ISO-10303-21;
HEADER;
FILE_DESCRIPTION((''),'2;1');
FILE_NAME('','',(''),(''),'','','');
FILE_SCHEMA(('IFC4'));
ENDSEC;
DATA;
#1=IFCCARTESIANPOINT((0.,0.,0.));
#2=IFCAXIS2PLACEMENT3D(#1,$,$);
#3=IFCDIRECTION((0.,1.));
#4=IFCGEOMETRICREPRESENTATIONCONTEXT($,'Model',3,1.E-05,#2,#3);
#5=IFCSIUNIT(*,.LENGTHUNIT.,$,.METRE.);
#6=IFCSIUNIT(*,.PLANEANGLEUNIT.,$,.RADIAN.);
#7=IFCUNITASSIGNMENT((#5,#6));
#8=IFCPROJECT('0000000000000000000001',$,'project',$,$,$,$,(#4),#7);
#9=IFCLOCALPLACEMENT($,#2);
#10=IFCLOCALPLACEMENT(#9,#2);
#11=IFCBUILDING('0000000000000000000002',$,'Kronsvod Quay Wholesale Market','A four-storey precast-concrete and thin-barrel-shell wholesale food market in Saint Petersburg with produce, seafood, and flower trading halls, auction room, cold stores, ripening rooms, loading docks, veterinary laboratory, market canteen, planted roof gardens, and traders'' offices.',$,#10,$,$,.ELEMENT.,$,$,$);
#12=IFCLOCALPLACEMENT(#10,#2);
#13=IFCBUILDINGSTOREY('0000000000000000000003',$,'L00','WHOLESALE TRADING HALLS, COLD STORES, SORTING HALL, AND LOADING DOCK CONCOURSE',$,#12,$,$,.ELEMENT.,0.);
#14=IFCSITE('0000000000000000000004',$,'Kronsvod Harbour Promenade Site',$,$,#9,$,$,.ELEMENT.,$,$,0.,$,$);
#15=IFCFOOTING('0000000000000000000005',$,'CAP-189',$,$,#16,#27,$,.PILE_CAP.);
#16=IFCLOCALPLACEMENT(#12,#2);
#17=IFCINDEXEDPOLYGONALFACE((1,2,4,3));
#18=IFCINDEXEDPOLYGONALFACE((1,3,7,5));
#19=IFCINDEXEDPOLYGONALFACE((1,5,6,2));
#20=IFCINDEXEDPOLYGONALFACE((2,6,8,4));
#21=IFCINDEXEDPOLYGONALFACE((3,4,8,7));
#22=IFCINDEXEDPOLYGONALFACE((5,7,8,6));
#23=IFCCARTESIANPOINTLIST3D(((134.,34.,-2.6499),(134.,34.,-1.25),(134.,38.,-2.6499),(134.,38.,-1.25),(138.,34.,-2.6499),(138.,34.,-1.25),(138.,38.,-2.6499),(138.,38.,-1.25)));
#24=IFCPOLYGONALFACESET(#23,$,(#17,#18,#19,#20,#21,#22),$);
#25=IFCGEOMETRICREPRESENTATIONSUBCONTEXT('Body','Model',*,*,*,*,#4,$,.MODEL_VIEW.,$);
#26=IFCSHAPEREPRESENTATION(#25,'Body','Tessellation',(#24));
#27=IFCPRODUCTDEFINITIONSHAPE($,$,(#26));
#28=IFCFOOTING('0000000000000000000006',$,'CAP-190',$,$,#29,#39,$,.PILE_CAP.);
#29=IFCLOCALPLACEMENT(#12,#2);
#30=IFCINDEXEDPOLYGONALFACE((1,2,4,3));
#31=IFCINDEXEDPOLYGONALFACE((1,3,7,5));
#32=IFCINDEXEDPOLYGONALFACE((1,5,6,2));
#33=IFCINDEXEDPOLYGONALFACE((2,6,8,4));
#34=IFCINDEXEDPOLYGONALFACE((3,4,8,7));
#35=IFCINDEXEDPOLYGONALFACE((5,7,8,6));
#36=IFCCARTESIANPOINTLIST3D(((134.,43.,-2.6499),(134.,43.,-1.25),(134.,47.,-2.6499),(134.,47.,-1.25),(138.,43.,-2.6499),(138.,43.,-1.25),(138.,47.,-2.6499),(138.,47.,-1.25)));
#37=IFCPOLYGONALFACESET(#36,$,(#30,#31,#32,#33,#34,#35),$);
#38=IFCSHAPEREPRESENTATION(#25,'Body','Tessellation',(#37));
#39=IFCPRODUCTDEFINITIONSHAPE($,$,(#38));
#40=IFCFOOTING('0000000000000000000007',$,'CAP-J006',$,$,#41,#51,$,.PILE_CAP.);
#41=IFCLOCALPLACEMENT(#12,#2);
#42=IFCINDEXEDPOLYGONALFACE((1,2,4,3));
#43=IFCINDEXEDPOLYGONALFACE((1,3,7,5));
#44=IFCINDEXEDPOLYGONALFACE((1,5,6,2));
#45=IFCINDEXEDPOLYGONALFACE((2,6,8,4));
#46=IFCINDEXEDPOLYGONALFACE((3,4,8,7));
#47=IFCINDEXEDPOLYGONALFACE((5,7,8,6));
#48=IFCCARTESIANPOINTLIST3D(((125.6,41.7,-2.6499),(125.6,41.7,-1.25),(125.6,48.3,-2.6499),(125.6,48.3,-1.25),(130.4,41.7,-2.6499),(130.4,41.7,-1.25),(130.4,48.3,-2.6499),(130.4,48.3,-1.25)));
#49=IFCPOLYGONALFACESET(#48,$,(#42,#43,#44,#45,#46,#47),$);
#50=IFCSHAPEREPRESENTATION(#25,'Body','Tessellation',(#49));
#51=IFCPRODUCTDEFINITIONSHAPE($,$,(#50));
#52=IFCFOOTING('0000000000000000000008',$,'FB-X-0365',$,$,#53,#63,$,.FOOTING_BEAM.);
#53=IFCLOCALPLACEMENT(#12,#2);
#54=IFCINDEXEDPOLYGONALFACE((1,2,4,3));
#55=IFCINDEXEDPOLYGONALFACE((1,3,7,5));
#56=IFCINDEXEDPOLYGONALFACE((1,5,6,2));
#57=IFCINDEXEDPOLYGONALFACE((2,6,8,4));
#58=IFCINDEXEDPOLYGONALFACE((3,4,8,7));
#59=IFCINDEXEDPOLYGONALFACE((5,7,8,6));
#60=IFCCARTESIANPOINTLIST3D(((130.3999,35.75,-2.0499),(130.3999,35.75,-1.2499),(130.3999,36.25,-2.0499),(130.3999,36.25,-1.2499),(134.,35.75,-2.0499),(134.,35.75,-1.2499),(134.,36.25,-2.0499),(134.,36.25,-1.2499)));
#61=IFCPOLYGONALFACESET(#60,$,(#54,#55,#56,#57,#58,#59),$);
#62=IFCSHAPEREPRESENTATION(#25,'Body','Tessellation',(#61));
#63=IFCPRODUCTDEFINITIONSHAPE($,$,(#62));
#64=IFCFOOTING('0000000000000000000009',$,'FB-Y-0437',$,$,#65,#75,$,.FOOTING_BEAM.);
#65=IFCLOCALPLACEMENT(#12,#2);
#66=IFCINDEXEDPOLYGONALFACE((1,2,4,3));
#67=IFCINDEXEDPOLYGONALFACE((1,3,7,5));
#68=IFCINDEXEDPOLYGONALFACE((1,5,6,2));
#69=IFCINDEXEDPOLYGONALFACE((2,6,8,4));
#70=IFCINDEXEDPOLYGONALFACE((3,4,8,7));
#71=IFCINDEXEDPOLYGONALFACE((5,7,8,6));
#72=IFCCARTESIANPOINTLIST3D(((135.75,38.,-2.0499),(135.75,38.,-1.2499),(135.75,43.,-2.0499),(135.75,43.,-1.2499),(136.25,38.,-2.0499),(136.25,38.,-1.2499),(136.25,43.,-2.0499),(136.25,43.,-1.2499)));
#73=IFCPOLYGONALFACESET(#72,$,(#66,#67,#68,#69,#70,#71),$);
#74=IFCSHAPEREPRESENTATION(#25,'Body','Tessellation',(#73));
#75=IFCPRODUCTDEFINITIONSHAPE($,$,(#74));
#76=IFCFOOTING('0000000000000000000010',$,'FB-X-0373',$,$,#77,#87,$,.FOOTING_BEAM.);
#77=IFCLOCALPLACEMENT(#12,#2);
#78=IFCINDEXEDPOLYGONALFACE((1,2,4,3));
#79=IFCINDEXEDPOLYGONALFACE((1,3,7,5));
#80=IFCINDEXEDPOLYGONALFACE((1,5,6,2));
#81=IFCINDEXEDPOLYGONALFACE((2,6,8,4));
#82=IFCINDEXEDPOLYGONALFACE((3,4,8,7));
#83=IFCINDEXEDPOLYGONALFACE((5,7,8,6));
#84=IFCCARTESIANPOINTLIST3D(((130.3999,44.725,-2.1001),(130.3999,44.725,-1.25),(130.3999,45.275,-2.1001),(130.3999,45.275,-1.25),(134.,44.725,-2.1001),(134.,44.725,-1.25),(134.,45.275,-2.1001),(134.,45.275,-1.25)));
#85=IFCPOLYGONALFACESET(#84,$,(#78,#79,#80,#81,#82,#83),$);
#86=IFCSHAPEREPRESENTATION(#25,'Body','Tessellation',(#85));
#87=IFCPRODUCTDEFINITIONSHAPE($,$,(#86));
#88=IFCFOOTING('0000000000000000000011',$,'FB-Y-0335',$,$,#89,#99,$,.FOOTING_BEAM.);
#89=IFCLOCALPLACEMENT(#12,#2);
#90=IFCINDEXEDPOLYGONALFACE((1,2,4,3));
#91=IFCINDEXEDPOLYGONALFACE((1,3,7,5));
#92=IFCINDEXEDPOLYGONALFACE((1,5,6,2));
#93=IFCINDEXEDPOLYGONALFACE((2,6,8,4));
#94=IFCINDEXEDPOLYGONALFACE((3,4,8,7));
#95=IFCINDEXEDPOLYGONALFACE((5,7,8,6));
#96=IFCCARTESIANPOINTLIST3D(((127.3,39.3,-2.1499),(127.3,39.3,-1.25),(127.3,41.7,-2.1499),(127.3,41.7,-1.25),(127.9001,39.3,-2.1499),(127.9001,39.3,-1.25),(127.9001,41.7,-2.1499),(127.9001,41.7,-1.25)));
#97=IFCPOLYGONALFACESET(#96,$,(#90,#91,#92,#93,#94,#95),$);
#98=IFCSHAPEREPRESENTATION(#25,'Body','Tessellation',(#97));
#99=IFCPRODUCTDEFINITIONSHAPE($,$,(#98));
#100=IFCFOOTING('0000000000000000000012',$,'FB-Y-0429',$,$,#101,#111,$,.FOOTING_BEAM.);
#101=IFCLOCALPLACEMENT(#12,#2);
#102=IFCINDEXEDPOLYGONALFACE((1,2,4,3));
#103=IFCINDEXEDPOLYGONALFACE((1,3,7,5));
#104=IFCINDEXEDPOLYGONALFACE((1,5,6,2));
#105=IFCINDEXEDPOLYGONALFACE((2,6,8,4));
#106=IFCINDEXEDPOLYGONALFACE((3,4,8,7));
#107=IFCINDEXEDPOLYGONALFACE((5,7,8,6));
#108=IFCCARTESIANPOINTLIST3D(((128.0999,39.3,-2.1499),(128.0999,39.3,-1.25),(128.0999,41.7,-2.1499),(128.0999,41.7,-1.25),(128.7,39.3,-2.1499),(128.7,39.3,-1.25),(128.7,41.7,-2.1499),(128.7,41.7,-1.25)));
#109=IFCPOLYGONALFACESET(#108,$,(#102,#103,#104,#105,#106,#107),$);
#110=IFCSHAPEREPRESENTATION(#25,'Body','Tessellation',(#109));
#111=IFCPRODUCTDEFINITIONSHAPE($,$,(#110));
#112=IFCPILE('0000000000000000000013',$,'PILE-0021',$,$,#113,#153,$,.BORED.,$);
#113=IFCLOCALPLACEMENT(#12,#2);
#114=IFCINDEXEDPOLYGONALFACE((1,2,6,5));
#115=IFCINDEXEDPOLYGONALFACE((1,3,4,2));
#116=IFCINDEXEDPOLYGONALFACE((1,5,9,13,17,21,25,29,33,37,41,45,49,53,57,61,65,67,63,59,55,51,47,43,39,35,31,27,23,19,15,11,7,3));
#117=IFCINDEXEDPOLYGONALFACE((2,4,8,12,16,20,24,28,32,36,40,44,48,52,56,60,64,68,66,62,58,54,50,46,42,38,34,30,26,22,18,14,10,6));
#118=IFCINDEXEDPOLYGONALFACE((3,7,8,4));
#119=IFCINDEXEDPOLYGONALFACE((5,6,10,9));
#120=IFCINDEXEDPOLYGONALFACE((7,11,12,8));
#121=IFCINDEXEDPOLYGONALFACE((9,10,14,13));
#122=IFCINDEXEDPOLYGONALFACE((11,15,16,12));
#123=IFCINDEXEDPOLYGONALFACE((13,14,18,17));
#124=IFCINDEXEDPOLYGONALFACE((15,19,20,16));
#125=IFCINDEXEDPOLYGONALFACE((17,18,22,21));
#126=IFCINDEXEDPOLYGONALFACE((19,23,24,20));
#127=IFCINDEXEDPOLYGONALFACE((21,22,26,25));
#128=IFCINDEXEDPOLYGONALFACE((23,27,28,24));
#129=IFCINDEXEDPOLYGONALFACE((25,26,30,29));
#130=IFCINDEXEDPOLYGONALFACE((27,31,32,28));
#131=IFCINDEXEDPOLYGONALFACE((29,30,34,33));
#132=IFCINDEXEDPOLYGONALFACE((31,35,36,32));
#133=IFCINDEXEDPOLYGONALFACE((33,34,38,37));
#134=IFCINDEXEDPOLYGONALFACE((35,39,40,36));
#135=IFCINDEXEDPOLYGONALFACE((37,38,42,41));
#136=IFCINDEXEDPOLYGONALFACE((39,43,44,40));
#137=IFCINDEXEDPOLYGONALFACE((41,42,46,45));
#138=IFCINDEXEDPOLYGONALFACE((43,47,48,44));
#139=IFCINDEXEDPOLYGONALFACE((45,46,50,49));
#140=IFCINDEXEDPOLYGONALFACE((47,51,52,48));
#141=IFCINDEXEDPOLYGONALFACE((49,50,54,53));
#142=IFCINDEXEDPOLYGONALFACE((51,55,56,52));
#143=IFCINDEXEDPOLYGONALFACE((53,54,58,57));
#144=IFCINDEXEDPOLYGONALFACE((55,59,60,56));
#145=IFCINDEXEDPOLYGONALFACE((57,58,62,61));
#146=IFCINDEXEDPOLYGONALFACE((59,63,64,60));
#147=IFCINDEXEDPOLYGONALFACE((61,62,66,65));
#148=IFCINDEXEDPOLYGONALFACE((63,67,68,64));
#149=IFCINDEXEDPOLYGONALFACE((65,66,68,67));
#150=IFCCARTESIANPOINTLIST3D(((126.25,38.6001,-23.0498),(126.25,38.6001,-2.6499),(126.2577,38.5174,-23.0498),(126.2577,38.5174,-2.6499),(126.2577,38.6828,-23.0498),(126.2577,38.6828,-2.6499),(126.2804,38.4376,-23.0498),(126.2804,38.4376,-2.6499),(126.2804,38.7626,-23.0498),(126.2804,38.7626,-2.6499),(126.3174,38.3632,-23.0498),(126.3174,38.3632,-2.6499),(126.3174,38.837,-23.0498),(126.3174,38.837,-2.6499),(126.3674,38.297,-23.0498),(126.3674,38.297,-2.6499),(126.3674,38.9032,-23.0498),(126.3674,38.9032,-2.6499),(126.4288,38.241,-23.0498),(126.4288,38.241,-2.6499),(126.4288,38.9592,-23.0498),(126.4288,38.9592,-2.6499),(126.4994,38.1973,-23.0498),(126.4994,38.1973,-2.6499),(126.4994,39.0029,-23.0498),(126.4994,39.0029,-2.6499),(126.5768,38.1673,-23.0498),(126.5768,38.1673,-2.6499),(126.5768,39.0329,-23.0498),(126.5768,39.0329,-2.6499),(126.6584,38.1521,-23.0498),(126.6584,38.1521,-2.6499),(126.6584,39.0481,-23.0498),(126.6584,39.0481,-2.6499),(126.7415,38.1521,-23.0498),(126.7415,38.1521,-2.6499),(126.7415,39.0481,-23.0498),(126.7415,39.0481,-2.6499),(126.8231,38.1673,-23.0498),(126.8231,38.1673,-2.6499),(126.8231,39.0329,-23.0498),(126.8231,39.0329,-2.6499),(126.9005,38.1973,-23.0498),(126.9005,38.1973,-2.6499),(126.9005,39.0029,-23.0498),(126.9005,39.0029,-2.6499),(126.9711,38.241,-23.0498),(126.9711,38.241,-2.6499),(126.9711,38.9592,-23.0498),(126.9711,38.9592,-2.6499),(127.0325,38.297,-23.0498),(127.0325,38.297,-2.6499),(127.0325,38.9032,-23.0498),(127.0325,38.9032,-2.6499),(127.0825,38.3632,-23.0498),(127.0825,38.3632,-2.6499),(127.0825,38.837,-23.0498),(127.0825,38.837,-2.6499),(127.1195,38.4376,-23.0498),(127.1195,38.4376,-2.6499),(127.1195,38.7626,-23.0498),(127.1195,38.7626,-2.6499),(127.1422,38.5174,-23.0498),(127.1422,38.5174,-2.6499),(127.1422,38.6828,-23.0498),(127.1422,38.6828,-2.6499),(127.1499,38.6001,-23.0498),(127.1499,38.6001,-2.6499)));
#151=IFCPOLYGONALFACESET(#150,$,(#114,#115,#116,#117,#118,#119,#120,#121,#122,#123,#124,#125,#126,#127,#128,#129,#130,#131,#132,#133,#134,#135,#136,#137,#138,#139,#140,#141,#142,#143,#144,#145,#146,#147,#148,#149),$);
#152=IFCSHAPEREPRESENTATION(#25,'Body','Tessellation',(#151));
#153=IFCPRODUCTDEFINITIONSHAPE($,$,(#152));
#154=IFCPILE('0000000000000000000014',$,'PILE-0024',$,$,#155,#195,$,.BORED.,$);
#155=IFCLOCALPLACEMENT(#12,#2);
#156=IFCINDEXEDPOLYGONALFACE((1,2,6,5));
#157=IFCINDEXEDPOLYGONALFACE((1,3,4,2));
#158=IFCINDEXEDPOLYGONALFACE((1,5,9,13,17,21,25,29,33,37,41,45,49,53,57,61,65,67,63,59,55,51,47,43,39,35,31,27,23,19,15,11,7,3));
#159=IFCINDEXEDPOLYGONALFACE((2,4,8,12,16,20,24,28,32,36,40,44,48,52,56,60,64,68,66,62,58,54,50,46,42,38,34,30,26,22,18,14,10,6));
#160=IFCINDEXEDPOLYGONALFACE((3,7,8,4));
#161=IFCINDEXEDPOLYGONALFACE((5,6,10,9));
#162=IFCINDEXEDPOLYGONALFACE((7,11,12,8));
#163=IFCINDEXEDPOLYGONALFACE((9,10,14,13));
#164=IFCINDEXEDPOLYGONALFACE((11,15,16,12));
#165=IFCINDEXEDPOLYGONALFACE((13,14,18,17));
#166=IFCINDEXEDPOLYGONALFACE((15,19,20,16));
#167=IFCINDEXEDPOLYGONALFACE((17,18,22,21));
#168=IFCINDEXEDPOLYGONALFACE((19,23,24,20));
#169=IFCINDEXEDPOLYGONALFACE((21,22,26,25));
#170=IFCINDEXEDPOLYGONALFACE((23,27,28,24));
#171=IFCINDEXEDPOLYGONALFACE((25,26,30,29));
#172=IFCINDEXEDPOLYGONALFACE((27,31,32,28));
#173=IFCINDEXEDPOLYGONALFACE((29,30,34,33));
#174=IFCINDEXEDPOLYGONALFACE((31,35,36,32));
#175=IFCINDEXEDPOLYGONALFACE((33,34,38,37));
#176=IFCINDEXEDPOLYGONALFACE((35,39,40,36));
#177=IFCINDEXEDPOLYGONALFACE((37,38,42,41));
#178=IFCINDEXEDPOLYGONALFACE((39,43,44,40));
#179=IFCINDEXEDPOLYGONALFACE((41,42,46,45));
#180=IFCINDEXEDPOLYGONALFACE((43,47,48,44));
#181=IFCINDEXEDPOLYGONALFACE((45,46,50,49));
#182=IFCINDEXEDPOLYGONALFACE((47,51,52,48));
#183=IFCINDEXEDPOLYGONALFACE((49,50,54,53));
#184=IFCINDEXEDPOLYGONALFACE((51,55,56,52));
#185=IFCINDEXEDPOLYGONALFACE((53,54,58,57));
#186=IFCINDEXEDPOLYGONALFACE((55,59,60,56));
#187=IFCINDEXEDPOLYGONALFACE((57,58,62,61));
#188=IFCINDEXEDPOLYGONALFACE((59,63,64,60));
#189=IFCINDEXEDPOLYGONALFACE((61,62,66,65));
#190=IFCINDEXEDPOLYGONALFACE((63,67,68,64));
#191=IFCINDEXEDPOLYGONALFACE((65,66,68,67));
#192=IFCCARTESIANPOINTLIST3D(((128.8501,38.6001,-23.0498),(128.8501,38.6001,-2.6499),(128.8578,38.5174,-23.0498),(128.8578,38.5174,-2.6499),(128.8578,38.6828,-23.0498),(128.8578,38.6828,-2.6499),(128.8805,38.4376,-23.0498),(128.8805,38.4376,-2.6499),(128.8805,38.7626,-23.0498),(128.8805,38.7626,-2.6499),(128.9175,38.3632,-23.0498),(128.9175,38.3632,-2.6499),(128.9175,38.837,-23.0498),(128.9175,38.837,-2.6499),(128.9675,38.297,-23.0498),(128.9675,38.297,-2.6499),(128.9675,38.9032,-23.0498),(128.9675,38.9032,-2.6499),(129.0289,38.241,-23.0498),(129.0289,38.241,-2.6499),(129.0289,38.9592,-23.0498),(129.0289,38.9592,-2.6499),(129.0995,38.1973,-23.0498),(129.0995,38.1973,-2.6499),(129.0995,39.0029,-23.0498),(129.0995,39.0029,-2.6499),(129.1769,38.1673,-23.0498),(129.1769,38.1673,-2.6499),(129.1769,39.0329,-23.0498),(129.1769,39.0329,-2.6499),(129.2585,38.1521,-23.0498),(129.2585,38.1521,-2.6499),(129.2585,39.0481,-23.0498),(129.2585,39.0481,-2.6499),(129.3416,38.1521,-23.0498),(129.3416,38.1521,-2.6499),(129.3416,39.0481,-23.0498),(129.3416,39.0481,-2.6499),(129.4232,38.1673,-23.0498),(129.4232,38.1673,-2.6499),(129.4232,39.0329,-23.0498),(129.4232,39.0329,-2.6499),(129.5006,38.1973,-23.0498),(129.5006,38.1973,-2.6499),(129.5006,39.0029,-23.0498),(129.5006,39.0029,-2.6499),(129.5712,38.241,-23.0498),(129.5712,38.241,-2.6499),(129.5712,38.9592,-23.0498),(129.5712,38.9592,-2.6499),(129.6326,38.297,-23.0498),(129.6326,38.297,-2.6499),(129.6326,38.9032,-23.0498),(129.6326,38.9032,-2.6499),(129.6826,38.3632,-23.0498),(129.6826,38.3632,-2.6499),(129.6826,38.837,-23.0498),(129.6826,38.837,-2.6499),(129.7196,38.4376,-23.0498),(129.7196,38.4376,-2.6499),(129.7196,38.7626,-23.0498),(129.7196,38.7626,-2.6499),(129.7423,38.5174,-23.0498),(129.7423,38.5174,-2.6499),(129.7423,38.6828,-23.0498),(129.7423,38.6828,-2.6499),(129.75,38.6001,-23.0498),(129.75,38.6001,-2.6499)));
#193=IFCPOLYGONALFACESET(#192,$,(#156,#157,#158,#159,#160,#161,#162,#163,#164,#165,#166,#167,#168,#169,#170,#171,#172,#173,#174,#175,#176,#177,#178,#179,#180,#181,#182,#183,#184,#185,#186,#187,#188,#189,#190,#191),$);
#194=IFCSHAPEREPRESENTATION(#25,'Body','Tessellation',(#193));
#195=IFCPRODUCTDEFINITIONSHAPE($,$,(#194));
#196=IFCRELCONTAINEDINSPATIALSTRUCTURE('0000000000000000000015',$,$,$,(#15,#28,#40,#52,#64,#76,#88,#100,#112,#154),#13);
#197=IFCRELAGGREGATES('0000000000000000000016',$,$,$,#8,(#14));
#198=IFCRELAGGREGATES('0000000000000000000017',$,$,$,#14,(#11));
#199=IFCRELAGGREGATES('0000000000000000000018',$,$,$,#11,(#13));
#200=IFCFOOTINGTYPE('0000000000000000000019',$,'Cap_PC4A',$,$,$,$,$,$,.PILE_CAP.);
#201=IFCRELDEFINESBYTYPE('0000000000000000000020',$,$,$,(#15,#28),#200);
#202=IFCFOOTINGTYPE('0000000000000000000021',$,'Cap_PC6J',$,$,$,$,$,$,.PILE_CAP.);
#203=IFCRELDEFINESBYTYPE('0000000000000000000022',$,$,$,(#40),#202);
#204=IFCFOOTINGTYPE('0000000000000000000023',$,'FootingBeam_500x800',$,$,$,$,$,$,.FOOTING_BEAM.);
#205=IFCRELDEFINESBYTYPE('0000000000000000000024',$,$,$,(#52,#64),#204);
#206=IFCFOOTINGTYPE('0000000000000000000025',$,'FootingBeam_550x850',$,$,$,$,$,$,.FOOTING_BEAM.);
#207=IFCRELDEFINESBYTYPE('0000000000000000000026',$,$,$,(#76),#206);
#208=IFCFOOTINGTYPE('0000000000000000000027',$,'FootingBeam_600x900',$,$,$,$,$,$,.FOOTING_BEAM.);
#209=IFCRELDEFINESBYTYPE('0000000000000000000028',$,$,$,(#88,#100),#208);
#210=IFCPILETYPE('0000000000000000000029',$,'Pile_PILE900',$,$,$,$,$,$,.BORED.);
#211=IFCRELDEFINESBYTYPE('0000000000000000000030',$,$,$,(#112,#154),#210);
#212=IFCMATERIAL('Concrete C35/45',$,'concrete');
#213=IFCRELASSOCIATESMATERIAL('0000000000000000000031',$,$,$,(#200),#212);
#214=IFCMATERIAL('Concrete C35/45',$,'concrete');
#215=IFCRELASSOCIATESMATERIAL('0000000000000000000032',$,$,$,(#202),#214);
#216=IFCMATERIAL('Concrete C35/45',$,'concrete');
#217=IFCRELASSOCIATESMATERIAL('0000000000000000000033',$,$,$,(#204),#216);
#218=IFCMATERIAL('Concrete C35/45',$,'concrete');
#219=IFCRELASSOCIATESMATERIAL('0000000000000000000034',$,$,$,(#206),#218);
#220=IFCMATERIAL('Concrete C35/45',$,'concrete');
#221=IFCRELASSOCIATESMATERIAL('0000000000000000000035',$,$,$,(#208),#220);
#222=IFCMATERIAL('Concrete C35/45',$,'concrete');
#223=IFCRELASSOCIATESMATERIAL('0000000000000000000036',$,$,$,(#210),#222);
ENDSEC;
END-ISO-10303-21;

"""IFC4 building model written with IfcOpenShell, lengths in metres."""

from ifc_helpers import new_model, si_unit, direction, frame, origin, origin_2d, place, context, subcontext, project, spatial, rectangle, circle, extrude, material, material_profile, profile_set, type_object, element, save


model = new_model("IFC4")

# Units and contexts
model_context = context("Model", 3, precision=1e-05, world=origin(), true_north=direction((0.0, 1.0)))
body_context = subcontext(model_context, "Body", "Model", "MODEL_VIEW")
ifc_project = project(units=[si_unit("LENGTHUNIT", "METRE"), si_unit("PLANEANGLEUNIT", "RADIAN")], contexts=[model_context])

# Site, building, storey
site_placement = place(None, origin())
site = spatial("IfcSite", under=ifc_project, at=site_placement, Name="Kronsvod Harbour Promenade Site", CompositionType="ELEMENT", RefElevation=0.0)
building_placement = place(site_placement, origin())
building = spatial("IfcBuilding", under=site, at=building_placement, Name="Kronsvod Quay Wholesale Market", Description="A four-storey precast-concrete and thin-barrel-shell wholesale food market in Saint Petersburg with produce, seafood, and flower trading halls, auction room, cold stores, ripening rooms, loading docks, veterinary laboratory, market canteen, planted roof gardens, and traders' offices.", CompositionType="ELEMENT")
storey_placement = place(building_placement, origin())
storey = spatial("IfcBuildingStorey", under=building, at=storey_placement, Name="L00", Description="WHOLESALE TRADING HALLS, COLD STORES, SORTING HALL, AND LOADING DOCK CONCOURSE", CompositionType="ELEMENT", Elevation=0.0)

# Footings
ifc_material_1 = material(Name="Concrete C35/45", Category="concrete")
footing_type_1 = type_object("IfcFootingType", Name="Cap_PC4A", PredefinedType="PILE_CAP", material=ifc_material_1)
for number, where, z_axis, x_axis, name in (
    (1, (136.0, 36.0, -2.6499), (0.0, 0.0, 1.0), (1.0, 0.0, 0.0), "CAP-189"),
    (2, (136.0, 45.0, -2.6499), (0.0, 0.0, 1.0), (1.0, 0.0, 0.0), "CAP-190"),
):
    element("IfcFooting", number, at=place(storey_placement, frame(where, z_axis=z_axis, x_axis=x_axis)), inside=storey, type_object=footing_type_1, Name=name, PredefinedType="PILE_CAP", context=body_context, shape_type="SweptSolid", body=[
        extrude(rectangle(XDim=4.0, YDim=4.0, at=origin_2d()), origin(), (0.0, 0.0, 1.0), 1.3999),
    ])
ifc_material_2 = material(Name="Concrete C35/45", Category="concrete")
footing_type_2 = type_object("IfcFootingType", Name="Cap_PC6J", PredefinedType="PILE_CAP", material=ifc_material_2)
footing_1_placement = place(storey_placement, frame((128.0, 45.0, -2.6499), z_axis=(0.0, 0.0, 1.0), x_axis=(1.0, 0.0, 0.0)))
element("IfcFooting", 3, at=footing_1_placement, inside=storey, type_object=footing_type_2, Name="CAP-J006", PredefinedType="PILE_CAP", context=body_context, shape_type="SweptSolid", body=[
    extrude(rectangle(XDim=4.8, YDim=6.6001, at=origin_2d()), origin(), (0.0, 0.0, 1.0), 1.3999),
])
ifc_material_3 = material(Name="Concrete C35/45", Category="concrete")
ifc_material_profile_1 = material_profile(ifc_material_3, rectangle(XDim=0.5, YDim=0.8, at=origin_2d()), Name="FB-01")
ifc_profile_set_1 = profile_set([ifc_material_profile_1], Name="Concrete C35/45")
footing_type_3 = type_object("IfcFootingType", Name="FootingBeam_500x800", PredefinedType="FOOTING_BEAM", material=ifc_profile_set_1)
footing_2_placement = place(storey_placement, frame((130.3999, 36.0, -1.6499), z_axis=(1.0, 0.0, 0.0), x_axis=(0.0, 1.0, 0.0)))
element("IfcFooting", 4, at=footing_2_placement, inside=storey, type_object=footing_type_3, Name="FB-X-0365", PredefinedType="FOOTING_BEAM", context=body_context, shape_type="SweptSolid", body=[
    extrude(rectangle(XDim=0.5, YDim=0.8, at=origin_2d()), origin(), (0.0, 0.0, 1.0), 3.6001),
])
footing_3_placement = place(storey_placement, frame((136.0, 38.0, -1.6499), z_axis=(0.0, 1.0, 0.0), x_axis=(-1.0, 0.0, 0.0)))
element("IfcFooting", 5, at=footing_3_placement, inside=storey, type_object=footing_type_3, Name="FB-Y-0437", PredefinedType="FOOTING_BEAM", context=body_context, shape_type="SweptSolid", body=[
    extrude(rectangle(XDim=0.5, YDim=0.8, at=origin_2d()), origin(), (0.0, 0.0, 1.0), 5.0),
])
ifc_material_4 = material(Name="Concrete C35/45", Category="concrete")
ifc_material_profile_2 = material_profile(ifc_material_4, rectangle(XDim=0.55, YDim=0.8501, at=origin_2d()), Name="FB-03")
ifc_profile_set_2 = profile_set([ifc_material_profile_2], Name="Concrete C35/45")
footing_type_4 = type_object("IfcFootingType", Name="FootingBeam_550x850", PredefinedType="FOOTING_BEAM", material=ifc_profile_set_2)
footing_4_placement = place(storey_placement, frame((130.3999, 45.0, -1.675), z_axis=(1.0, 0.0, 0.0), x_axis=(0.0, 1.0, 0.0)))
element("IfcFooting", 6, at=footing_4_placement, inside=storey, type_object=footing_type_4, Name="FB-X-0373", PredefinedType="FOOTING_BEAM", context=body_context, shape_type="SweptSolid", body=[
    extrude(rectangle(XDim=0.55, YDim=0.8501, at=origin_2d()), origin(), (0.0, 0.0, 1.0), 3.6001),
])
ifc_material_5 = material(Name="Concrete C35/45", Category="concrete")
ifc_material_profile_3 = material_profile(ifc_material_5, rectangle(XDim=0.6001, YDim=0.8999, at=origin_2d()), Name="FB-02")
ifc_profile_set_3 = profile_set([ifc_material_profile_3], Name="Concrete C35/45")
footing_type_5 = type_object("IfcFootingType", Name="FootingBeam_600x900", PredefinedType="FOOTING_BEAM", material=ifc_profile_set_3)
for number, where, z_axis, x_axis, name in (
    (7, (127.6001, 39.3, -1.7), (0.0, 1.0, 0.0), (-1.0, 0.0, 0.0), "FB-Y-0335"),
    (8, (128.3999, 39.3, -1.7), (0.0, 1.0, 0.0), (-1.0, 0.0, 0.0), "FB-Y-0429"),
):
    element("IfcFooting", number, at=place(storey_placement, frame(where, z_axis=z_axis, x_axis=x_axis)), inside=storey, type_object=footing_type_5, Name=name, PredefinedType="FOOTING_BEAM", context=body_context, shape_type="SweptSolid", body=[
        extrude(rectangle(XDim=0.6001, YDim=0.8999, at=origin_2d()), origin(), (0.0, 0.0, 1.0), 2.3999),
    ])

# Piles
ifc_material_6 = material(Name="Concrete C35/45", Category="concrete")
ifc_material_profile_4 = material_profile(ifc_material_6, circle(Radius=0.45, at=origin_2d()), Name="PILE900")
ifc_profile_set_4 = profile_set([ifc_material_profile_4], Name="Concrete C35/45")
pile_type = type_object("IfcPileType", Name="Pile_PILE900", PredefinedType="BORED", material=ifc_profile_set_4)
for number, where, z_axis, x_axis, name in (
    (9, (126.7, 38.6001, -2.6499), (0.0, 0.0, -1.0), (1.0, 0.0, 0.0), "PILE-0021"),
    (10, (129.3, 38.6001, -2.6499), (0.0, 0.0, -1.0), (1.0, 0.0, 0.0), "PILE-0024"),
):
    element("IfcPile", number, at=place(storey_placement, frame(where, z_axis=z_axis, x_axis=x_axis)), inside=storey, type_object=pile_type, Name=name, PredefinedType="BORED", context=body_context, shape_type="SweptSolid", body=[
        extrude(circle(Radius=0.45, at=origin_2d()), origin(), (0.0, 0.0, 1.0), 20.3999),
    ])

save(model, "model.ifc")
